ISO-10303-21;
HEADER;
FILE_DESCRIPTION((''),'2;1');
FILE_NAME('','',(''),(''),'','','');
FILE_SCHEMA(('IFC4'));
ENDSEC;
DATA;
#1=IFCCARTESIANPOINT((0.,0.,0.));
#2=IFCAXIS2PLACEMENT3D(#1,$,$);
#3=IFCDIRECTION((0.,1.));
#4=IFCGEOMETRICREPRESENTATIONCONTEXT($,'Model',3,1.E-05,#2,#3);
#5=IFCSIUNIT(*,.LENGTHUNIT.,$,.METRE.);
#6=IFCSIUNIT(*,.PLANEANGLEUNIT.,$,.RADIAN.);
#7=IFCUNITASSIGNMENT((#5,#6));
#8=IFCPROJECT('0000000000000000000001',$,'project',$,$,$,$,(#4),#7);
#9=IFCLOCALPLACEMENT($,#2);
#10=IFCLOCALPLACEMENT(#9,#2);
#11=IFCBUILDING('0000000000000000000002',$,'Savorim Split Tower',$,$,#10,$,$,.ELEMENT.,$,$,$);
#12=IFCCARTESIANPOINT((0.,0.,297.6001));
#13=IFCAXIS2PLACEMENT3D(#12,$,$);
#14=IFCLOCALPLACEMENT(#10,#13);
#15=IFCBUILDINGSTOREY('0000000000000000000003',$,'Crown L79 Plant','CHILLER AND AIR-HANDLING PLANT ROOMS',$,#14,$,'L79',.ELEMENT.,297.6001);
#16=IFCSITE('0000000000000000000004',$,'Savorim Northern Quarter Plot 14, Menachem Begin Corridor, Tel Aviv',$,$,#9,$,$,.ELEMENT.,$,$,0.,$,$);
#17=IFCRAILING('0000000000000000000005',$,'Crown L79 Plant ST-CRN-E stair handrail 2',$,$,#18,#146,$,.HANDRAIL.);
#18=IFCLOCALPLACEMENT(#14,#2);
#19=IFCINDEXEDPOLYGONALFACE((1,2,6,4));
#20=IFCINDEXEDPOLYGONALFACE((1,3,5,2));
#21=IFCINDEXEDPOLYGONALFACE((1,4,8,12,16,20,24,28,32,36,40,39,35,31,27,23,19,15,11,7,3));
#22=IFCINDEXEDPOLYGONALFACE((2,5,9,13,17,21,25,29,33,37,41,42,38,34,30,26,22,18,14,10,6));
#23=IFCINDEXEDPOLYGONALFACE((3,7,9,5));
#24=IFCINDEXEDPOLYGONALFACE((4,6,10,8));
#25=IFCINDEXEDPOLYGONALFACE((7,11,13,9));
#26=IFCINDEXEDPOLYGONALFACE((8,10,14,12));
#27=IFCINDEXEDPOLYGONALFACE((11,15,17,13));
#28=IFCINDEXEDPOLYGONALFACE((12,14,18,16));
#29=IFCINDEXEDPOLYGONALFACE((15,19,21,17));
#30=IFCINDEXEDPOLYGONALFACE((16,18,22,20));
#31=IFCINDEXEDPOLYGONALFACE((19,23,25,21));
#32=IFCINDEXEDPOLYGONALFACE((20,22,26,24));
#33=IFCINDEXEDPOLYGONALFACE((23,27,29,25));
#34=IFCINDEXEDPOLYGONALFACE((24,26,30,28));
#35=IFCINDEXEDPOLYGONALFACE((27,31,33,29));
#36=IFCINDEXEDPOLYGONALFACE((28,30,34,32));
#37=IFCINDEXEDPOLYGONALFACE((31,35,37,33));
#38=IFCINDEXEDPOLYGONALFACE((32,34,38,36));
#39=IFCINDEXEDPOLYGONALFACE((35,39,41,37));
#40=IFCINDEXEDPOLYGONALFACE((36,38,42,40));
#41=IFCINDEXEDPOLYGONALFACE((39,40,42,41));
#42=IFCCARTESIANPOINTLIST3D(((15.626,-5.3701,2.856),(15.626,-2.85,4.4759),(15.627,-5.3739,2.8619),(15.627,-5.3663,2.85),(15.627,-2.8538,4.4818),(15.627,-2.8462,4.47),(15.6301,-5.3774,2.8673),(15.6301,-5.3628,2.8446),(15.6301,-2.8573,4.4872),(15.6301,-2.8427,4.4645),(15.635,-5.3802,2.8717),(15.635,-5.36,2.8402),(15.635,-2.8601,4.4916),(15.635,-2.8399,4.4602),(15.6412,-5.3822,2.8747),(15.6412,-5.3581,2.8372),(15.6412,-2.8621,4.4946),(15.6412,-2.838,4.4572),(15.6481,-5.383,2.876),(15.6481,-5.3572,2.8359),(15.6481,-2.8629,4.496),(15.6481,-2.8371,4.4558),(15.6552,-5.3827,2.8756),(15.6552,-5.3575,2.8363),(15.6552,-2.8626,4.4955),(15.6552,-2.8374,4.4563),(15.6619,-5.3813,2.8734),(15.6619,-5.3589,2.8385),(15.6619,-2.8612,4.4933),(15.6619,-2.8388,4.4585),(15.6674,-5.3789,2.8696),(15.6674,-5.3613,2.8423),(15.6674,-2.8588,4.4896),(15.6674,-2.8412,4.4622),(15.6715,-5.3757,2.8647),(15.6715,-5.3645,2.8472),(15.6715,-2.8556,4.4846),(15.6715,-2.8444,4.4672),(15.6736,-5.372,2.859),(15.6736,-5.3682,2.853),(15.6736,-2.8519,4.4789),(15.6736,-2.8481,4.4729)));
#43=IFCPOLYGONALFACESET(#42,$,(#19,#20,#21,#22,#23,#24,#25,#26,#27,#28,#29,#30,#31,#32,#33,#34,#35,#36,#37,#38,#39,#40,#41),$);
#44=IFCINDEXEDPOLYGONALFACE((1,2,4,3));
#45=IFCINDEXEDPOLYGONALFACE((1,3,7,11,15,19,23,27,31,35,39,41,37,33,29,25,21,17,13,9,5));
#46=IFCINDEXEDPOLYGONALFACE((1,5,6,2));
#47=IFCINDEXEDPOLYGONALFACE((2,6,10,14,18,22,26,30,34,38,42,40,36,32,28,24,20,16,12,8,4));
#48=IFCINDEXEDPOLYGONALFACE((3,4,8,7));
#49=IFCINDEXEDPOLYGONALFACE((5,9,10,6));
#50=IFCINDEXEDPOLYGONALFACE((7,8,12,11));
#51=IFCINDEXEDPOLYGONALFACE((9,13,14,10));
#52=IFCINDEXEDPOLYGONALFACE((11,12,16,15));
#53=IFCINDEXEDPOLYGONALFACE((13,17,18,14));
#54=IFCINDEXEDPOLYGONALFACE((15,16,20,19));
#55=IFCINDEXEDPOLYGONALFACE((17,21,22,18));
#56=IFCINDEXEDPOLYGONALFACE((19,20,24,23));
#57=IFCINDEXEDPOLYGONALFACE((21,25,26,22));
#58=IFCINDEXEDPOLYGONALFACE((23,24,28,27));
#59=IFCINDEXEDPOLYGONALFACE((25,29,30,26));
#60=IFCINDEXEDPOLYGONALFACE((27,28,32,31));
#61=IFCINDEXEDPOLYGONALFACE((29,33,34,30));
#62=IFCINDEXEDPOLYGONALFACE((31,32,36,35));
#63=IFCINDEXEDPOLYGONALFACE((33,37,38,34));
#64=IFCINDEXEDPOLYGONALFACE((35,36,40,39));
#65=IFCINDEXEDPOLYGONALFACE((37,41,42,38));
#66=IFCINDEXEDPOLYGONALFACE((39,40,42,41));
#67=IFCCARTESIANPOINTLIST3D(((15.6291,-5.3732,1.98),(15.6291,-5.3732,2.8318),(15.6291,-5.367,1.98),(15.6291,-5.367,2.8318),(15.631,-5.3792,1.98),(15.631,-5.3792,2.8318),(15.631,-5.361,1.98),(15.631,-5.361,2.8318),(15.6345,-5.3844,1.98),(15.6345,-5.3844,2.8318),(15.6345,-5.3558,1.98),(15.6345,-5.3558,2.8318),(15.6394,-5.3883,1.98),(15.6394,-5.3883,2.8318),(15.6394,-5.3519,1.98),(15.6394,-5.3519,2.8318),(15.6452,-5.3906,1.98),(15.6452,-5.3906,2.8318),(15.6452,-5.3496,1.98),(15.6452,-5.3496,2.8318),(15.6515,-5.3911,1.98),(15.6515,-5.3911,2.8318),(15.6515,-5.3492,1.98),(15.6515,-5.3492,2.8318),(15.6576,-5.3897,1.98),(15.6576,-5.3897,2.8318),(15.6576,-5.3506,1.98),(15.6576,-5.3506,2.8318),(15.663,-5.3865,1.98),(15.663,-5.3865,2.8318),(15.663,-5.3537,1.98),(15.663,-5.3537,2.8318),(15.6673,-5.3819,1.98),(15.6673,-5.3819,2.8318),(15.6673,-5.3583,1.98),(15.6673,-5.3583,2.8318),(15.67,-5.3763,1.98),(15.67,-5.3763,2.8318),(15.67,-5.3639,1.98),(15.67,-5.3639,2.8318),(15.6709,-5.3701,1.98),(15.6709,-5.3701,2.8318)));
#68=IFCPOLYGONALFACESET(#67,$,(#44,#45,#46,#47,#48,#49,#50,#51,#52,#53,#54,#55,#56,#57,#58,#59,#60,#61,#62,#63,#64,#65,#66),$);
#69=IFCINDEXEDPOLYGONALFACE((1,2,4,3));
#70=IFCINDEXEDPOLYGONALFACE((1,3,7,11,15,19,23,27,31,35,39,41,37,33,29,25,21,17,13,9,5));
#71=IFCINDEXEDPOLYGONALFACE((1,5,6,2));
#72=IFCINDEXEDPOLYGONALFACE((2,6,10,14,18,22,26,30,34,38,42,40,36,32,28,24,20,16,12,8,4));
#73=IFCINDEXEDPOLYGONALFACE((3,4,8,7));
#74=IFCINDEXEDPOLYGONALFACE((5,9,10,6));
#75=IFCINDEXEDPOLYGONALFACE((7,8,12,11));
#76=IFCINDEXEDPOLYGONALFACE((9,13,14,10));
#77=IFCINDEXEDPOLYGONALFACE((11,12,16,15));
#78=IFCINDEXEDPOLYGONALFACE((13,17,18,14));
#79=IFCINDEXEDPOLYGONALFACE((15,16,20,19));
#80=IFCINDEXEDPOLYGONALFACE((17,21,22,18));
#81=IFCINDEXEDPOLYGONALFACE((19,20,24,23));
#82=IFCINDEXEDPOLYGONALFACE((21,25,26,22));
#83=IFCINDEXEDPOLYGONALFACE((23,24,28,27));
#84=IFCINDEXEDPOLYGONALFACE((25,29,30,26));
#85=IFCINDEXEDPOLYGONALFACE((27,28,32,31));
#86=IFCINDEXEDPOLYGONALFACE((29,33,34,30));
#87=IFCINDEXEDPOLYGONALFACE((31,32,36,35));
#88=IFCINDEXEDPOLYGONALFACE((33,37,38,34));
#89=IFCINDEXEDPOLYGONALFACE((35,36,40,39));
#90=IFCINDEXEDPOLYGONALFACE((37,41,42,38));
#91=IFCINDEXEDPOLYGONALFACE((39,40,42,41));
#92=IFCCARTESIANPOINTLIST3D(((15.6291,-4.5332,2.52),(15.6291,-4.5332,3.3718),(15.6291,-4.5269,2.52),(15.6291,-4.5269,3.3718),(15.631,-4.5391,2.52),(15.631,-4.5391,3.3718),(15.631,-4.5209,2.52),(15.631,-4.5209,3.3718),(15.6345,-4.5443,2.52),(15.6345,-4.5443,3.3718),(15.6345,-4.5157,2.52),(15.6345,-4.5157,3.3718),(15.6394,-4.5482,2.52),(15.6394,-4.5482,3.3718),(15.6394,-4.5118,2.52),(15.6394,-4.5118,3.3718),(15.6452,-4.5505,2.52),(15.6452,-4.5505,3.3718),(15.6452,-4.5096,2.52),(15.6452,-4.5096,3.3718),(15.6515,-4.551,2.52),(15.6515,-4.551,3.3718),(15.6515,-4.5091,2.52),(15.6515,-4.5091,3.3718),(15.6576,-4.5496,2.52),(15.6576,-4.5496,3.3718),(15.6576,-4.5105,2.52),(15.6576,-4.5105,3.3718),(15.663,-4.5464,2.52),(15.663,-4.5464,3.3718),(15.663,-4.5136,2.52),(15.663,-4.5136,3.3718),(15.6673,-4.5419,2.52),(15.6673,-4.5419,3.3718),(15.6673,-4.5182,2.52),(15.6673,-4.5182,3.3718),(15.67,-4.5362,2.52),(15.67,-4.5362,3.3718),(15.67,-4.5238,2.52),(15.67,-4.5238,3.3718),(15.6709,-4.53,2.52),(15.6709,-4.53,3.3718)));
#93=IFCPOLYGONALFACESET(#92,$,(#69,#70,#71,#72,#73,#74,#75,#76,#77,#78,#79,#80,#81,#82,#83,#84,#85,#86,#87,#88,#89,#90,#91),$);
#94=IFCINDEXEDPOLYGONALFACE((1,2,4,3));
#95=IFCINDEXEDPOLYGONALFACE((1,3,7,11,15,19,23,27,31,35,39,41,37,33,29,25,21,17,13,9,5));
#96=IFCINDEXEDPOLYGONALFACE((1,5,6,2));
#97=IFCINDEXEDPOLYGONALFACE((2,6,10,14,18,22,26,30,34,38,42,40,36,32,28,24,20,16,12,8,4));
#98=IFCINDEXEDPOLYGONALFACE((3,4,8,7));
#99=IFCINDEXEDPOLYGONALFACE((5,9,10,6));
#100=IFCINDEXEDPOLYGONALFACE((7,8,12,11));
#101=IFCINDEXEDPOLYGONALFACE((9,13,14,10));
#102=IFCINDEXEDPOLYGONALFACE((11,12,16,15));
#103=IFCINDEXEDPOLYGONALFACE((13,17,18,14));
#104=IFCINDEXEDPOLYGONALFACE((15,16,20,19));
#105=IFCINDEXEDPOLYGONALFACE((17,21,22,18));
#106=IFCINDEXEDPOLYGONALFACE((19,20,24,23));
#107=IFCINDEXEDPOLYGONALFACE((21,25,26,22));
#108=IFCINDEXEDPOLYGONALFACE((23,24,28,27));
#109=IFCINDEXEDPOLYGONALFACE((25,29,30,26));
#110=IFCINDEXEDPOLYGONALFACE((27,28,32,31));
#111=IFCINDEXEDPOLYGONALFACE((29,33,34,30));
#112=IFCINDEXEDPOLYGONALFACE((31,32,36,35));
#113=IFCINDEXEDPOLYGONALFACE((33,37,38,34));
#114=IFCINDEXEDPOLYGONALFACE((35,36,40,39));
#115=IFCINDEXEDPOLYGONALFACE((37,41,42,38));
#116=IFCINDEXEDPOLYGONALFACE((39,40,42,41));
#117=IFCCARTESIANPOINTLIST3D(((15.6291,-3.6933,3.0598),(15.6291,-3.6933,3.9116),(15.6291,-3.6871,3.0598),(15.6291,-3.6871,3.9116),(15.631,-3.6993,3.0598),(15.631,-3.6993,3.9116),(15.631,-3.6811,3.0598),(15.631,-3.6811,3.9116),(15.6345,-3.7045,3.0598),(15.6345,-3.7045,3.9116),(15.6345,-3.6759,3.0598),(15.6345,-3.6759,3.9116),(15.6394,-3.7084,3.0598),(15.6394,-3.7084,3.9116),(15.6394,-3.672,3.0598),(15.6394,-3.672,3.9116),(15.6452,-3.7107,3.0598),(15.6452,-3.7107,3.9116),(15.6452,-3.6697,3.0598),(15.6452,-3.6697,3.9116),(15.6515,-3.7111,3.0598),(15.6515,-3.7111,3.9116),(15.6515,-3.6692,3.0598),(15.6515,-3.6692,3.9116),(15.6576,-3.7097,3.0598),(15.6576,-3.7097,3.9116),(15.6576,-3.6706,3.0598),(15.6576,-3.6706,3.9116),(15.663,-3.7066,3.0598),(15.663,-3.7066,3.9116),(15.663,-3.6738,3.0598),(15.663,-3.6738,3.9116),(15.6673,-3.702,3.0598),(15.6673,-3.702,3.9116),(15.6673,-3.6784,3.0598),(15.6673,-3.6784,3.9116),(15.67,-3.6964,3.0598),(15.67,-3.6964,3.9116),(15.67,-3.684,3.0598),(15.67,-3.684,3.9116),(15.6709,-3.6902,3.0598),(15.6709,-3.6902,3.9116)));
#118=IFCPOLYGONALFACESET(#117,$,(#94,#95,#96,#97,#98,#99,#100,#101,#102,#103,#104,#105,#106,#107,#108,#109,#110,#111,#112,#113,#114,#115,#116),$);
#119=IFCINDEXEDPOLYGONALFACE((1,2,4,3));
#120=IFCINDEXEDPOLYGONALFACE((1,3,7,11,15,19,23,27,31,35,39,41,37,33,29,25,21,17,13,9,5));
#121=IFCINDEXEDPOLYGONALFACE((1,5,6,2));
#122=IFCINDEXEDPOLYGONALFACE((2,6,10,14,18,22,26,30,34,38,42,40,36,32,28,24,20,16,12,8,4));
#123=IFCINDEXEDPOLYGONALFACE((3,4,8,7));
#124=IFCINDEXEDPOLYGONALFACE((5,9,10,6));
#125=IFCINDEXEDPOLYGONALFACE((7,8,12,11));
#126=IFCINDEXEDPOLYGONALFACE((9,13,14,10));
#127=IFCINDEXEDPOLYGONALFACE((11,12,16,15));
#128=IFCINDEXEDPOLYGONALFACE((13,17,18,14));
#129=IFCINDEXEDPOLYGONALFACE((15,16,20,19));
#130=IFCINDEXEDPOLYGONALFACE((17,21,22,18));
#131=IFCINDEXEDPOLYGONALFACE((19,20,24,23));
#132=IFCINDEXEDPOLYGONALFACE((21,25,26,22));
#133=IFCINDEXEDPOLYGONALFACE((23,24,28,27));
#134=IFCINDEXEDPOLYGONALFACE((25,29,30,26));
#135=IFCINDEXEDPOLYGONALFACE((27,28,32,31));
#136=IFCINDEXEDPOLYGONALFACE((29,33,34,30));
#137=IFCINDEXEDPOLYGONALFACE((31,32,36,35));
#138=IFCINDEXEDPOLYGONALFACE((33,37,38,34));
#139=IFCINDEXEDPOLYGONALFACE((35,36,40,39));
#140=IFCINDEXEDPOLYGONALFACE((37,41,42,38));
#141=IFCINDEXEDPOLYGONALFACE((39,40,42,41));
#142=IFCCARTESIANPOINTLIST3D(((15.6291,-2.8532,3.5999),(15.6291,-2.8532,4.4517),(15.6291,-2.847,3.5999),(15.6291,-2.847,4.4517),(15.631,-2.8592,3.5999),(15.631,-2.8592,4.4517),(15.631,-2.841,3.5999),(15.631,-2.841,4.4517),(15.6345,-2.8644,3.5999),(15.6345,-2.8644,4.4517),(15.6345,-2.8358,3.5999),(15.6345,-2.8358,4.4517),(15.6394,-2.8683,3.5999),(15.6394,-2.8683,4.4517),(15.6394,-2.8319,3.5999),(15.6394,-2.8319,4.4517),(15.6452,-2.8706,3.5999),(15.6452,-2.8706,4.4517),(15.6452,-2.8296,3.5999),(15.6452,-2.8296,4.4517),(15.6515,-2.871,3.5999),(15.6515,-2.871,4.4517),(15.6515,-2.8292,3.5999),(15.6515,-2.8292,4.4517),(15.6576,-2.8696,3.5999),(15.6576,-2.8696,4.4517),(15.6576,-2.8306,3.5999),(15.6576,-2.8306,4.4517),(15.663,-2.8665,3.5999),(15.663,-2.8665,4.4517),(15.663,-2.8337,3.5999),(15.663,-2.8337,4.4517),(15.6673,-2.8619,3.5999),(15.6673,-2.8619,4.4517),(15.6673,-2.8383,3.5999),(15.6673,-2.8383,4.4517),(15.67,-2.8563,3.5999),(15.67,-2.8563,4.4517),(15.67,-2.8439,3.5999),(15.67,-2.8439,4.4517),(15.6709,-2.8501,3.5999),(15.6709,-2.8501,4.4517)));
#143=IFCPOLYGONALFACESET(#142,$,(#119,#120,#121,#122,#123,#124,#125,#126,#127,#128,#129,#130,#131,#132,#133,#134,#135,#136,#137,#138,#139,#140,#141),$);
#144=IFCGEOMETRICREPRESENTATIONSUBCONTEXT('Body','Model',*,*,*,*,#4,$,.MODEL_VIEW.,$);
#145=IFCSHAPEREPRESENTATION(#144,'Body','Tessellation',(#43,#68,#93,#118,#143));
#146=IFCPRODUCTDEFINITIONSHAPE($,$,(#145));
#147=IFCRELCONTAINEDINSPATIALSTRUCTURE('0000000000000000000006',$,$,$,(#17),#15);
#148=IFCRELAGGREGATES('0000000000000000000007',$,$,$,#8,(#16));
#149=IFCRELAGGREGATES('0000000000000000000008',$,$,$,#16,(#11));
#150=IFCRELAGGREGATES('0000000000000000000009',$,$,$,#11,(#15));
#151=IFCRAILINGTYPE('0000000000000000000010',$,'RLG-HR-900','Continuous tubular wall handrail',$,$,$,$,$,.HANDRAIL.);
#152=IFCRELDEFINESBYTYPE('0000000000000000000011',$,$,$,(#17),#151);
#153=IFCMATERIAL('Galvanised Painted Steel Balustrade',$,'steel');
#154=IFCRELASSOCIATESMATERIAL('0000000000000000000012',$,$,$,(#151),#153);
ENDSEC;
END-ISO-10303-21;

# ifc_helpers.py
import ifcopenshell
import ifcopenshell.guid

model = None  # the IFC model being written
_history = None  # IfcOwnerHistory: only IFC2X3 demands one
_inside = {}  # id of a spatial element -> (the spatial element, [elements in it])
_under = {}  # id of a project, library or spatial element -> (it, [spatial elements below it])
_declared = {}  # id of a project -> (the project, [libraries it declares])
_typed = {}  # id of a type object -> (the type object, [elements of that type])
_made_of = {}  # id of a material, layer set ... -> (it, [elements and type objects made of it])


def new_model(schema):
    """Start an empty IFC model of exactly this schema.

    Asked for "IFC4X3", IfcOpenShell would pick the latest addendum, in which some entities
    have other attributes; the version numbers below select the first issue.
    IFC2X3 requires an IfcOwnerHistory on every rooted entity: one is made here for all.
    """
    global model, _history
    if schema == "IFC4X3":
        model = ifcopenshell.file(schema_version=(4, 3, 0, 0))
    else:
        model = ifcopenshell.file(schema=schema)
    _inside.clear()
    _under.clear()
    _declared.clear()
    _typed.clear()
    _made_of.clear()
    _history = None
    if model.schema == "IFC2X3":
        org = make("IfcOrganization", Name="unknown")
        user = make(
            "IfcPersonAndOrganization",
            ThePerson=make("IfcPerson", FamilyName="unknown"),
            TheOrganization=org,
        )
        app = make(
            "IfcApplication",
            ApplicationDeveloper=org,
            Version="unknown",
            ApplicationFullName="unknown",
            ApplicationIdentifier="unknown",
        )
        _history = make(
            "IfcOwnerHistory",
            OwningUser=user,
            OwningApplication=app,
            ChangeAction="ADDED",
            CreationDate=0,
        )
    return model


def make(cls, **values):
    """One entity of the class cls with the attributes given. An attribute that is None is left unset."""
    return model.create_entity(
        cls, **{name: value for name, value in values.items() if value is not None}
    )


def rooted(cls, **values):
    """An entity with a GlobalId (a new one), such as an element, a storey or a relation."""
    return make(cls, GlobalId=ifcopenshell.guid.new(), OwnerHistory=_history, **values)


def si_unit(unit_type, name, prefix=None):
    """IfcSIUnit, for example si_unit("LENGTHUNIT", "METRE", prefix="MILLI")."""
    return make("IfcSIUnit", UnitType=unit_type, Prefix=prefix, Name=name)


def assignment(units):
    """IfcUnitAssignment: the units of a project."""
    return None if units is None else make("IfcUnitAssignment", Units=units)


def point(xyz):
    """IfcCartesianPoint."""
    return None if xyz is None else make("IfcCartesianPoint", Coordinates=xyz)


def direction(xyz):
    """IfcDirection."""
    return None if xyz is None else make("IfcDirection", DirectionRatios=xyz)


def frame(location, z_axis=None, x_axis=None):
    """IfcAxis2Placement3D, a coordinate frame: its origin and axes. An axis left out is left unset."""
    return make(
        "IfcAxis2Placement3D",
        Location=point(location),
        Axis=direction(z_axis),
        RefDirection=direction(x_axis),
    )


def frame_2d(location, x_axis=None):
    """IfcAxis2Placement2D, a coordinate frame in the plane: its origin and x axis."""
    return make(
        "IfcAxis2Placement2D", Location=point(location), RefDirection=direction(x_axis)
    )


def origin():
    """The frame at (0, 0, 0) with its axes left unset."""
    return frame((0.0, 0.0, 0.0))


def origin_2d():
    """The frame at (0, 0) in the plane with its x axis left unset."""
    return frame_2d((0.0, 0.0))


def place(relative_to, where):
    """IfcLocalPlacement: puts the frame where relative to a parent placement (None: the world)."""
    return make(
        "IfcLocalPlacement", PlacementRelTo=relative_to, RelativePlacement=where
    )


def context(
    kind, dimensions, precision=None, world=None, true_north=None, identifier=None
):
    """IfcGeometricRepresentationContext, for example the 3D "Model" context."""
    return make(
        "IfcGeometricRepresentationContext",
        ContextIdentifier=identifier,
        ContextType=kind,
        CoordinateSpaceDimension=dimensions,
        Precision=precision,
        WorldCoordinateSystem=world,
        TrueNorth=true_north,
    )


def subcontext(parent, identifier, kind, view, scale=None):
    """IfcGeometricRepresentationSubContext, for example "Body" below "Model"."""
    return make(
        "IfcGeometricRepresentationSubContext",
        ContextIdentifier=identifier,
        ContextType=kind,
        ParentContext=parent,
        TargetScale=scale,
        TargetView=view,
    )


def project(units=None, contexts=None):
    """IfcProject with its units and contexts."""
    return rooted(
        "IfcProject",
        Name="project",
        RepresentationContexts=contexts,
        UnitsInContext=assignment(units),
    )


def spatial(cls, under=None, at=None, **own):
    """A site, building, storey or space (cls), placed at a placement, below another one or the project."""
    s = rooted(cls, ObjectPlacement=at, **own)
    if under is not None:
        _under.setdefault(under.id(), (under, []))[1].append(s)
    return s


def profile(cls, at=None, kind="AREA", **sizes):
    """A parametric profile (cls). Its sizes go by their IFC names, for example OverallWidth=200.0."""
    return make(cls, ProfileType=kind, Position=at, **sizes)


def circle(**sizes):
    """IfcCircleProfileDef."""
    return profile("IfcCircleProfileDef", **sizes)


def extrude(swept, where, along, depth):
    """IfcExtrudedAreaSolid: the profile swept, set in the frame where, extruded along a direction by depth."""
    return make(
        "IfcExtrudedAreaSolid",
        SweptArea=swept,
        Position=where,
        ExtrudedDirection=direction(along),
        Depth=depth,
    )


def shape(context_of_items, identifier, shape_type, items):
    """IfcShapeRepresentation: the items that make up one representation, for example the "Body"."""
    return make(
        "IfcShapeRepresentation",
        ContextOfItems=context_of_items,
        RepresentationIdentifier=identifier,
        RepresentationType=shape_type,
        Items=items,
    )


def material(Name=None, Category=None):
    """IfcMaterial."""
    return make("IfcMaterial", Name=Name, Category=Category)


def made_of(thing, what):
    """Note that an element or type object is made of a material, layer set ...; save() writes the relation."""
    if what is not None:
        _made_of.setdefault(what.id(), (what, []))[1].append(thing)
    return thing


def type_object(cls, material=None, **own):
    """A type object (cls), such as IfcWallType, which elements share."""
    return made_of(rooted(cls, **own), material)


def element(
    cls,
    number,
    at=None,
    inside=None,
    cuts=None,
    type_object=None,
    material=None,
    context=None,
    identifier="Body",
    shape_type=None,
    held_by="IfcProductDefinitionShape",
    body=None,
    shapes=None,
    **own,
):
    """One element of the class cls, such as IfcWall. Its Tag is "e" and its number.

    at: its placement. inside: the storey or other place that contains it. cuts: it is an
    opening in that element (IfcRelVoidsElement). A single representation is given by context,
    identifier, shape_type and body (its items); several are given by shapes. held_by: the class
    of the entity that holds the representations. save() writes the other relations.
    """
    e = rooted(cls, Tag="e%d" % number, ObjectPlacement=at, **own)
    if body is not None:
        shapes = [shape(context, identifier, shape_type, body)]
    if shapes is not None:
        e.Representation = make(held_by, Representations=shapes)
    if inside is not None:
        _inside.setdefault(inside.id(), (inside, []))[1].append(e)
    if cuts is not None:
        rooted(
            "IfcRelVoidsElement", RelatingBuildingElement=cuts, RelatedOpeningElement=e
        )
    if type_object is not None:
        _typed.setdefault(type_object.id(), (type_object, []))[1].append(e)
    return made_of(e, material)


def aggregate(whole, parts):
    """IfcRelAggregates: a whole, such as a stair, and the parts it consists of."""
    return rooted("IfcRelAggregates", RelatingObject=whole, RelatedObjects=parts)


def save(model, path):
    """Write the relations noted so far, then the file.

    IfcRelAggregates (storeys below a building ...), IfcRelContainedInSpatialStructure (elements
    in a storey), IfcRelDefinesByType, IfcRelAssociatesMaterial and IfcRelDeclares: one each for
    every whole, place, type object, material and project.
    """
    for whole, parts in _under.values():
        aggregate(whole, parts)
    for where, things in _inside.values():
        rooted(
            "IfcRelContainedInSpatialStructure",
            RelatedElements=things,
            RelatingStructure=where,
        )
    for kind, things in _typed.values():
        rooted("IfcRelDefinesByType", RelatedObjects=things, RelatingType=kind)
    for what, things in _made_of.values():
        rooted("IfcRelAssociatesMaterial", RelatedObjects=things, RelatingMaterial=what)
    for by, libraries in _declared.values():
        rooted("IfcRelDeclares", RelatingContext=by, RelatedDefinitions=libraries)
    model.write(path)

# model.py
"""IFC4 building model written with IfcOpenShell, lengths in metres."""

from ifc_helpers import new_model, si_unit, direction, frame, origin, origin_2d, place, context, subcontext, project, spatial, circle, extrude, material, type_object, element, save


model = new_model("IFC4")

# Units and contexts
model_context = context("Model", 3, precision=1e-05, world=origin(), true_north=direction((0.0, 1.0)))
body_context = subcontext(model_context, "Body", "Model", "MODEL_VIEW")
ifc_project = project(units=[si_unit("LENGTHUNIT", "METRE"), si_unit("PLANEANGLEUNIT", "RADIAN")], contexts=[model_context])

# Site, building, storey
site_placement = place(None, origin())
site = spatial("IfcSite", under=ifc_project, at=site_placement, Name="Savorim Northern Quarter Plot 14, Menachem Begin Corridor, Tel Aviv", CompositionType="ELEMENT", RefElevation=0.0)
building_placement = place(site_placement, origin())
building = spatial("IfcBuilding", under=site, at=building_placement, Name="Savorim Split Tower", CompositionType="ELEMENT")
storey_placement = place(building_placement, frame((0.0, 0.0, 297.6001)))
storey = spatial("IfcBuildingStorey", under=building, at=storey_placement, Name="Crown L79 Plant", Description="CHILLER AND AIR-HANDLING PLANT ROOMS", LongName="L79", CompositionType="ELEMENT", Elevation=297.6001)

# Railing
ifc_material_1 = material(Name="Galvanised Painted Steel Balustrade", Category="steel")
railing_type_1 = type_object("IfcRailingType", Name="RLG-HR-900", Description="Continuous tubular wall handrail", PredefinedType="HANDRAIL", material=ifc_material_1)
railing_1_placement = place(storey_placement, frame((15.6499, -5.3701, 1.98)))
element("IfcRailing", 1, at=railing_1_placement, inside=storey, type_object=railing_type_1, Name="Crown L79 Plant ST-CRN-E stair handrail 2", PredefinedType="HANDRAIL", context=body_context, shape_type="SweptSolid", body=[
    extrude(circle(Radius=0.0239, at=origin_2d()), frame((0.0, 0.0, 0.876), z_axis=(0.0, 0.8412, 0.540725), x_axis=(-1.0, 0.0, 0.0)), (0.0, 0.0, 1.0), 2.9958),
    extrude(circle(Radius=0.021, at=origin_2d()), origin(), (0.0, 0.0, 1.0), 0.8518),
    extrude(circle(Radius=0.021, at=origin_2d()), frame((0.0, 0.8401, 0.54)), (0.0, 0.0, 1.0), 0.8518),
    extrude(circle(Radius=0.021, at=origin_2d()), frame((0.0, 1.6799, 1.0798)), (0.0, 0.0, 1.0), 0.8518),
    extrude(circle(Radius=0.021, at=origin_2d()), frame((0.0, 2.52, 1.6199)), (0.0, 0.0, 1.0), 0.8518),
])

save(model, "model.ifc")
